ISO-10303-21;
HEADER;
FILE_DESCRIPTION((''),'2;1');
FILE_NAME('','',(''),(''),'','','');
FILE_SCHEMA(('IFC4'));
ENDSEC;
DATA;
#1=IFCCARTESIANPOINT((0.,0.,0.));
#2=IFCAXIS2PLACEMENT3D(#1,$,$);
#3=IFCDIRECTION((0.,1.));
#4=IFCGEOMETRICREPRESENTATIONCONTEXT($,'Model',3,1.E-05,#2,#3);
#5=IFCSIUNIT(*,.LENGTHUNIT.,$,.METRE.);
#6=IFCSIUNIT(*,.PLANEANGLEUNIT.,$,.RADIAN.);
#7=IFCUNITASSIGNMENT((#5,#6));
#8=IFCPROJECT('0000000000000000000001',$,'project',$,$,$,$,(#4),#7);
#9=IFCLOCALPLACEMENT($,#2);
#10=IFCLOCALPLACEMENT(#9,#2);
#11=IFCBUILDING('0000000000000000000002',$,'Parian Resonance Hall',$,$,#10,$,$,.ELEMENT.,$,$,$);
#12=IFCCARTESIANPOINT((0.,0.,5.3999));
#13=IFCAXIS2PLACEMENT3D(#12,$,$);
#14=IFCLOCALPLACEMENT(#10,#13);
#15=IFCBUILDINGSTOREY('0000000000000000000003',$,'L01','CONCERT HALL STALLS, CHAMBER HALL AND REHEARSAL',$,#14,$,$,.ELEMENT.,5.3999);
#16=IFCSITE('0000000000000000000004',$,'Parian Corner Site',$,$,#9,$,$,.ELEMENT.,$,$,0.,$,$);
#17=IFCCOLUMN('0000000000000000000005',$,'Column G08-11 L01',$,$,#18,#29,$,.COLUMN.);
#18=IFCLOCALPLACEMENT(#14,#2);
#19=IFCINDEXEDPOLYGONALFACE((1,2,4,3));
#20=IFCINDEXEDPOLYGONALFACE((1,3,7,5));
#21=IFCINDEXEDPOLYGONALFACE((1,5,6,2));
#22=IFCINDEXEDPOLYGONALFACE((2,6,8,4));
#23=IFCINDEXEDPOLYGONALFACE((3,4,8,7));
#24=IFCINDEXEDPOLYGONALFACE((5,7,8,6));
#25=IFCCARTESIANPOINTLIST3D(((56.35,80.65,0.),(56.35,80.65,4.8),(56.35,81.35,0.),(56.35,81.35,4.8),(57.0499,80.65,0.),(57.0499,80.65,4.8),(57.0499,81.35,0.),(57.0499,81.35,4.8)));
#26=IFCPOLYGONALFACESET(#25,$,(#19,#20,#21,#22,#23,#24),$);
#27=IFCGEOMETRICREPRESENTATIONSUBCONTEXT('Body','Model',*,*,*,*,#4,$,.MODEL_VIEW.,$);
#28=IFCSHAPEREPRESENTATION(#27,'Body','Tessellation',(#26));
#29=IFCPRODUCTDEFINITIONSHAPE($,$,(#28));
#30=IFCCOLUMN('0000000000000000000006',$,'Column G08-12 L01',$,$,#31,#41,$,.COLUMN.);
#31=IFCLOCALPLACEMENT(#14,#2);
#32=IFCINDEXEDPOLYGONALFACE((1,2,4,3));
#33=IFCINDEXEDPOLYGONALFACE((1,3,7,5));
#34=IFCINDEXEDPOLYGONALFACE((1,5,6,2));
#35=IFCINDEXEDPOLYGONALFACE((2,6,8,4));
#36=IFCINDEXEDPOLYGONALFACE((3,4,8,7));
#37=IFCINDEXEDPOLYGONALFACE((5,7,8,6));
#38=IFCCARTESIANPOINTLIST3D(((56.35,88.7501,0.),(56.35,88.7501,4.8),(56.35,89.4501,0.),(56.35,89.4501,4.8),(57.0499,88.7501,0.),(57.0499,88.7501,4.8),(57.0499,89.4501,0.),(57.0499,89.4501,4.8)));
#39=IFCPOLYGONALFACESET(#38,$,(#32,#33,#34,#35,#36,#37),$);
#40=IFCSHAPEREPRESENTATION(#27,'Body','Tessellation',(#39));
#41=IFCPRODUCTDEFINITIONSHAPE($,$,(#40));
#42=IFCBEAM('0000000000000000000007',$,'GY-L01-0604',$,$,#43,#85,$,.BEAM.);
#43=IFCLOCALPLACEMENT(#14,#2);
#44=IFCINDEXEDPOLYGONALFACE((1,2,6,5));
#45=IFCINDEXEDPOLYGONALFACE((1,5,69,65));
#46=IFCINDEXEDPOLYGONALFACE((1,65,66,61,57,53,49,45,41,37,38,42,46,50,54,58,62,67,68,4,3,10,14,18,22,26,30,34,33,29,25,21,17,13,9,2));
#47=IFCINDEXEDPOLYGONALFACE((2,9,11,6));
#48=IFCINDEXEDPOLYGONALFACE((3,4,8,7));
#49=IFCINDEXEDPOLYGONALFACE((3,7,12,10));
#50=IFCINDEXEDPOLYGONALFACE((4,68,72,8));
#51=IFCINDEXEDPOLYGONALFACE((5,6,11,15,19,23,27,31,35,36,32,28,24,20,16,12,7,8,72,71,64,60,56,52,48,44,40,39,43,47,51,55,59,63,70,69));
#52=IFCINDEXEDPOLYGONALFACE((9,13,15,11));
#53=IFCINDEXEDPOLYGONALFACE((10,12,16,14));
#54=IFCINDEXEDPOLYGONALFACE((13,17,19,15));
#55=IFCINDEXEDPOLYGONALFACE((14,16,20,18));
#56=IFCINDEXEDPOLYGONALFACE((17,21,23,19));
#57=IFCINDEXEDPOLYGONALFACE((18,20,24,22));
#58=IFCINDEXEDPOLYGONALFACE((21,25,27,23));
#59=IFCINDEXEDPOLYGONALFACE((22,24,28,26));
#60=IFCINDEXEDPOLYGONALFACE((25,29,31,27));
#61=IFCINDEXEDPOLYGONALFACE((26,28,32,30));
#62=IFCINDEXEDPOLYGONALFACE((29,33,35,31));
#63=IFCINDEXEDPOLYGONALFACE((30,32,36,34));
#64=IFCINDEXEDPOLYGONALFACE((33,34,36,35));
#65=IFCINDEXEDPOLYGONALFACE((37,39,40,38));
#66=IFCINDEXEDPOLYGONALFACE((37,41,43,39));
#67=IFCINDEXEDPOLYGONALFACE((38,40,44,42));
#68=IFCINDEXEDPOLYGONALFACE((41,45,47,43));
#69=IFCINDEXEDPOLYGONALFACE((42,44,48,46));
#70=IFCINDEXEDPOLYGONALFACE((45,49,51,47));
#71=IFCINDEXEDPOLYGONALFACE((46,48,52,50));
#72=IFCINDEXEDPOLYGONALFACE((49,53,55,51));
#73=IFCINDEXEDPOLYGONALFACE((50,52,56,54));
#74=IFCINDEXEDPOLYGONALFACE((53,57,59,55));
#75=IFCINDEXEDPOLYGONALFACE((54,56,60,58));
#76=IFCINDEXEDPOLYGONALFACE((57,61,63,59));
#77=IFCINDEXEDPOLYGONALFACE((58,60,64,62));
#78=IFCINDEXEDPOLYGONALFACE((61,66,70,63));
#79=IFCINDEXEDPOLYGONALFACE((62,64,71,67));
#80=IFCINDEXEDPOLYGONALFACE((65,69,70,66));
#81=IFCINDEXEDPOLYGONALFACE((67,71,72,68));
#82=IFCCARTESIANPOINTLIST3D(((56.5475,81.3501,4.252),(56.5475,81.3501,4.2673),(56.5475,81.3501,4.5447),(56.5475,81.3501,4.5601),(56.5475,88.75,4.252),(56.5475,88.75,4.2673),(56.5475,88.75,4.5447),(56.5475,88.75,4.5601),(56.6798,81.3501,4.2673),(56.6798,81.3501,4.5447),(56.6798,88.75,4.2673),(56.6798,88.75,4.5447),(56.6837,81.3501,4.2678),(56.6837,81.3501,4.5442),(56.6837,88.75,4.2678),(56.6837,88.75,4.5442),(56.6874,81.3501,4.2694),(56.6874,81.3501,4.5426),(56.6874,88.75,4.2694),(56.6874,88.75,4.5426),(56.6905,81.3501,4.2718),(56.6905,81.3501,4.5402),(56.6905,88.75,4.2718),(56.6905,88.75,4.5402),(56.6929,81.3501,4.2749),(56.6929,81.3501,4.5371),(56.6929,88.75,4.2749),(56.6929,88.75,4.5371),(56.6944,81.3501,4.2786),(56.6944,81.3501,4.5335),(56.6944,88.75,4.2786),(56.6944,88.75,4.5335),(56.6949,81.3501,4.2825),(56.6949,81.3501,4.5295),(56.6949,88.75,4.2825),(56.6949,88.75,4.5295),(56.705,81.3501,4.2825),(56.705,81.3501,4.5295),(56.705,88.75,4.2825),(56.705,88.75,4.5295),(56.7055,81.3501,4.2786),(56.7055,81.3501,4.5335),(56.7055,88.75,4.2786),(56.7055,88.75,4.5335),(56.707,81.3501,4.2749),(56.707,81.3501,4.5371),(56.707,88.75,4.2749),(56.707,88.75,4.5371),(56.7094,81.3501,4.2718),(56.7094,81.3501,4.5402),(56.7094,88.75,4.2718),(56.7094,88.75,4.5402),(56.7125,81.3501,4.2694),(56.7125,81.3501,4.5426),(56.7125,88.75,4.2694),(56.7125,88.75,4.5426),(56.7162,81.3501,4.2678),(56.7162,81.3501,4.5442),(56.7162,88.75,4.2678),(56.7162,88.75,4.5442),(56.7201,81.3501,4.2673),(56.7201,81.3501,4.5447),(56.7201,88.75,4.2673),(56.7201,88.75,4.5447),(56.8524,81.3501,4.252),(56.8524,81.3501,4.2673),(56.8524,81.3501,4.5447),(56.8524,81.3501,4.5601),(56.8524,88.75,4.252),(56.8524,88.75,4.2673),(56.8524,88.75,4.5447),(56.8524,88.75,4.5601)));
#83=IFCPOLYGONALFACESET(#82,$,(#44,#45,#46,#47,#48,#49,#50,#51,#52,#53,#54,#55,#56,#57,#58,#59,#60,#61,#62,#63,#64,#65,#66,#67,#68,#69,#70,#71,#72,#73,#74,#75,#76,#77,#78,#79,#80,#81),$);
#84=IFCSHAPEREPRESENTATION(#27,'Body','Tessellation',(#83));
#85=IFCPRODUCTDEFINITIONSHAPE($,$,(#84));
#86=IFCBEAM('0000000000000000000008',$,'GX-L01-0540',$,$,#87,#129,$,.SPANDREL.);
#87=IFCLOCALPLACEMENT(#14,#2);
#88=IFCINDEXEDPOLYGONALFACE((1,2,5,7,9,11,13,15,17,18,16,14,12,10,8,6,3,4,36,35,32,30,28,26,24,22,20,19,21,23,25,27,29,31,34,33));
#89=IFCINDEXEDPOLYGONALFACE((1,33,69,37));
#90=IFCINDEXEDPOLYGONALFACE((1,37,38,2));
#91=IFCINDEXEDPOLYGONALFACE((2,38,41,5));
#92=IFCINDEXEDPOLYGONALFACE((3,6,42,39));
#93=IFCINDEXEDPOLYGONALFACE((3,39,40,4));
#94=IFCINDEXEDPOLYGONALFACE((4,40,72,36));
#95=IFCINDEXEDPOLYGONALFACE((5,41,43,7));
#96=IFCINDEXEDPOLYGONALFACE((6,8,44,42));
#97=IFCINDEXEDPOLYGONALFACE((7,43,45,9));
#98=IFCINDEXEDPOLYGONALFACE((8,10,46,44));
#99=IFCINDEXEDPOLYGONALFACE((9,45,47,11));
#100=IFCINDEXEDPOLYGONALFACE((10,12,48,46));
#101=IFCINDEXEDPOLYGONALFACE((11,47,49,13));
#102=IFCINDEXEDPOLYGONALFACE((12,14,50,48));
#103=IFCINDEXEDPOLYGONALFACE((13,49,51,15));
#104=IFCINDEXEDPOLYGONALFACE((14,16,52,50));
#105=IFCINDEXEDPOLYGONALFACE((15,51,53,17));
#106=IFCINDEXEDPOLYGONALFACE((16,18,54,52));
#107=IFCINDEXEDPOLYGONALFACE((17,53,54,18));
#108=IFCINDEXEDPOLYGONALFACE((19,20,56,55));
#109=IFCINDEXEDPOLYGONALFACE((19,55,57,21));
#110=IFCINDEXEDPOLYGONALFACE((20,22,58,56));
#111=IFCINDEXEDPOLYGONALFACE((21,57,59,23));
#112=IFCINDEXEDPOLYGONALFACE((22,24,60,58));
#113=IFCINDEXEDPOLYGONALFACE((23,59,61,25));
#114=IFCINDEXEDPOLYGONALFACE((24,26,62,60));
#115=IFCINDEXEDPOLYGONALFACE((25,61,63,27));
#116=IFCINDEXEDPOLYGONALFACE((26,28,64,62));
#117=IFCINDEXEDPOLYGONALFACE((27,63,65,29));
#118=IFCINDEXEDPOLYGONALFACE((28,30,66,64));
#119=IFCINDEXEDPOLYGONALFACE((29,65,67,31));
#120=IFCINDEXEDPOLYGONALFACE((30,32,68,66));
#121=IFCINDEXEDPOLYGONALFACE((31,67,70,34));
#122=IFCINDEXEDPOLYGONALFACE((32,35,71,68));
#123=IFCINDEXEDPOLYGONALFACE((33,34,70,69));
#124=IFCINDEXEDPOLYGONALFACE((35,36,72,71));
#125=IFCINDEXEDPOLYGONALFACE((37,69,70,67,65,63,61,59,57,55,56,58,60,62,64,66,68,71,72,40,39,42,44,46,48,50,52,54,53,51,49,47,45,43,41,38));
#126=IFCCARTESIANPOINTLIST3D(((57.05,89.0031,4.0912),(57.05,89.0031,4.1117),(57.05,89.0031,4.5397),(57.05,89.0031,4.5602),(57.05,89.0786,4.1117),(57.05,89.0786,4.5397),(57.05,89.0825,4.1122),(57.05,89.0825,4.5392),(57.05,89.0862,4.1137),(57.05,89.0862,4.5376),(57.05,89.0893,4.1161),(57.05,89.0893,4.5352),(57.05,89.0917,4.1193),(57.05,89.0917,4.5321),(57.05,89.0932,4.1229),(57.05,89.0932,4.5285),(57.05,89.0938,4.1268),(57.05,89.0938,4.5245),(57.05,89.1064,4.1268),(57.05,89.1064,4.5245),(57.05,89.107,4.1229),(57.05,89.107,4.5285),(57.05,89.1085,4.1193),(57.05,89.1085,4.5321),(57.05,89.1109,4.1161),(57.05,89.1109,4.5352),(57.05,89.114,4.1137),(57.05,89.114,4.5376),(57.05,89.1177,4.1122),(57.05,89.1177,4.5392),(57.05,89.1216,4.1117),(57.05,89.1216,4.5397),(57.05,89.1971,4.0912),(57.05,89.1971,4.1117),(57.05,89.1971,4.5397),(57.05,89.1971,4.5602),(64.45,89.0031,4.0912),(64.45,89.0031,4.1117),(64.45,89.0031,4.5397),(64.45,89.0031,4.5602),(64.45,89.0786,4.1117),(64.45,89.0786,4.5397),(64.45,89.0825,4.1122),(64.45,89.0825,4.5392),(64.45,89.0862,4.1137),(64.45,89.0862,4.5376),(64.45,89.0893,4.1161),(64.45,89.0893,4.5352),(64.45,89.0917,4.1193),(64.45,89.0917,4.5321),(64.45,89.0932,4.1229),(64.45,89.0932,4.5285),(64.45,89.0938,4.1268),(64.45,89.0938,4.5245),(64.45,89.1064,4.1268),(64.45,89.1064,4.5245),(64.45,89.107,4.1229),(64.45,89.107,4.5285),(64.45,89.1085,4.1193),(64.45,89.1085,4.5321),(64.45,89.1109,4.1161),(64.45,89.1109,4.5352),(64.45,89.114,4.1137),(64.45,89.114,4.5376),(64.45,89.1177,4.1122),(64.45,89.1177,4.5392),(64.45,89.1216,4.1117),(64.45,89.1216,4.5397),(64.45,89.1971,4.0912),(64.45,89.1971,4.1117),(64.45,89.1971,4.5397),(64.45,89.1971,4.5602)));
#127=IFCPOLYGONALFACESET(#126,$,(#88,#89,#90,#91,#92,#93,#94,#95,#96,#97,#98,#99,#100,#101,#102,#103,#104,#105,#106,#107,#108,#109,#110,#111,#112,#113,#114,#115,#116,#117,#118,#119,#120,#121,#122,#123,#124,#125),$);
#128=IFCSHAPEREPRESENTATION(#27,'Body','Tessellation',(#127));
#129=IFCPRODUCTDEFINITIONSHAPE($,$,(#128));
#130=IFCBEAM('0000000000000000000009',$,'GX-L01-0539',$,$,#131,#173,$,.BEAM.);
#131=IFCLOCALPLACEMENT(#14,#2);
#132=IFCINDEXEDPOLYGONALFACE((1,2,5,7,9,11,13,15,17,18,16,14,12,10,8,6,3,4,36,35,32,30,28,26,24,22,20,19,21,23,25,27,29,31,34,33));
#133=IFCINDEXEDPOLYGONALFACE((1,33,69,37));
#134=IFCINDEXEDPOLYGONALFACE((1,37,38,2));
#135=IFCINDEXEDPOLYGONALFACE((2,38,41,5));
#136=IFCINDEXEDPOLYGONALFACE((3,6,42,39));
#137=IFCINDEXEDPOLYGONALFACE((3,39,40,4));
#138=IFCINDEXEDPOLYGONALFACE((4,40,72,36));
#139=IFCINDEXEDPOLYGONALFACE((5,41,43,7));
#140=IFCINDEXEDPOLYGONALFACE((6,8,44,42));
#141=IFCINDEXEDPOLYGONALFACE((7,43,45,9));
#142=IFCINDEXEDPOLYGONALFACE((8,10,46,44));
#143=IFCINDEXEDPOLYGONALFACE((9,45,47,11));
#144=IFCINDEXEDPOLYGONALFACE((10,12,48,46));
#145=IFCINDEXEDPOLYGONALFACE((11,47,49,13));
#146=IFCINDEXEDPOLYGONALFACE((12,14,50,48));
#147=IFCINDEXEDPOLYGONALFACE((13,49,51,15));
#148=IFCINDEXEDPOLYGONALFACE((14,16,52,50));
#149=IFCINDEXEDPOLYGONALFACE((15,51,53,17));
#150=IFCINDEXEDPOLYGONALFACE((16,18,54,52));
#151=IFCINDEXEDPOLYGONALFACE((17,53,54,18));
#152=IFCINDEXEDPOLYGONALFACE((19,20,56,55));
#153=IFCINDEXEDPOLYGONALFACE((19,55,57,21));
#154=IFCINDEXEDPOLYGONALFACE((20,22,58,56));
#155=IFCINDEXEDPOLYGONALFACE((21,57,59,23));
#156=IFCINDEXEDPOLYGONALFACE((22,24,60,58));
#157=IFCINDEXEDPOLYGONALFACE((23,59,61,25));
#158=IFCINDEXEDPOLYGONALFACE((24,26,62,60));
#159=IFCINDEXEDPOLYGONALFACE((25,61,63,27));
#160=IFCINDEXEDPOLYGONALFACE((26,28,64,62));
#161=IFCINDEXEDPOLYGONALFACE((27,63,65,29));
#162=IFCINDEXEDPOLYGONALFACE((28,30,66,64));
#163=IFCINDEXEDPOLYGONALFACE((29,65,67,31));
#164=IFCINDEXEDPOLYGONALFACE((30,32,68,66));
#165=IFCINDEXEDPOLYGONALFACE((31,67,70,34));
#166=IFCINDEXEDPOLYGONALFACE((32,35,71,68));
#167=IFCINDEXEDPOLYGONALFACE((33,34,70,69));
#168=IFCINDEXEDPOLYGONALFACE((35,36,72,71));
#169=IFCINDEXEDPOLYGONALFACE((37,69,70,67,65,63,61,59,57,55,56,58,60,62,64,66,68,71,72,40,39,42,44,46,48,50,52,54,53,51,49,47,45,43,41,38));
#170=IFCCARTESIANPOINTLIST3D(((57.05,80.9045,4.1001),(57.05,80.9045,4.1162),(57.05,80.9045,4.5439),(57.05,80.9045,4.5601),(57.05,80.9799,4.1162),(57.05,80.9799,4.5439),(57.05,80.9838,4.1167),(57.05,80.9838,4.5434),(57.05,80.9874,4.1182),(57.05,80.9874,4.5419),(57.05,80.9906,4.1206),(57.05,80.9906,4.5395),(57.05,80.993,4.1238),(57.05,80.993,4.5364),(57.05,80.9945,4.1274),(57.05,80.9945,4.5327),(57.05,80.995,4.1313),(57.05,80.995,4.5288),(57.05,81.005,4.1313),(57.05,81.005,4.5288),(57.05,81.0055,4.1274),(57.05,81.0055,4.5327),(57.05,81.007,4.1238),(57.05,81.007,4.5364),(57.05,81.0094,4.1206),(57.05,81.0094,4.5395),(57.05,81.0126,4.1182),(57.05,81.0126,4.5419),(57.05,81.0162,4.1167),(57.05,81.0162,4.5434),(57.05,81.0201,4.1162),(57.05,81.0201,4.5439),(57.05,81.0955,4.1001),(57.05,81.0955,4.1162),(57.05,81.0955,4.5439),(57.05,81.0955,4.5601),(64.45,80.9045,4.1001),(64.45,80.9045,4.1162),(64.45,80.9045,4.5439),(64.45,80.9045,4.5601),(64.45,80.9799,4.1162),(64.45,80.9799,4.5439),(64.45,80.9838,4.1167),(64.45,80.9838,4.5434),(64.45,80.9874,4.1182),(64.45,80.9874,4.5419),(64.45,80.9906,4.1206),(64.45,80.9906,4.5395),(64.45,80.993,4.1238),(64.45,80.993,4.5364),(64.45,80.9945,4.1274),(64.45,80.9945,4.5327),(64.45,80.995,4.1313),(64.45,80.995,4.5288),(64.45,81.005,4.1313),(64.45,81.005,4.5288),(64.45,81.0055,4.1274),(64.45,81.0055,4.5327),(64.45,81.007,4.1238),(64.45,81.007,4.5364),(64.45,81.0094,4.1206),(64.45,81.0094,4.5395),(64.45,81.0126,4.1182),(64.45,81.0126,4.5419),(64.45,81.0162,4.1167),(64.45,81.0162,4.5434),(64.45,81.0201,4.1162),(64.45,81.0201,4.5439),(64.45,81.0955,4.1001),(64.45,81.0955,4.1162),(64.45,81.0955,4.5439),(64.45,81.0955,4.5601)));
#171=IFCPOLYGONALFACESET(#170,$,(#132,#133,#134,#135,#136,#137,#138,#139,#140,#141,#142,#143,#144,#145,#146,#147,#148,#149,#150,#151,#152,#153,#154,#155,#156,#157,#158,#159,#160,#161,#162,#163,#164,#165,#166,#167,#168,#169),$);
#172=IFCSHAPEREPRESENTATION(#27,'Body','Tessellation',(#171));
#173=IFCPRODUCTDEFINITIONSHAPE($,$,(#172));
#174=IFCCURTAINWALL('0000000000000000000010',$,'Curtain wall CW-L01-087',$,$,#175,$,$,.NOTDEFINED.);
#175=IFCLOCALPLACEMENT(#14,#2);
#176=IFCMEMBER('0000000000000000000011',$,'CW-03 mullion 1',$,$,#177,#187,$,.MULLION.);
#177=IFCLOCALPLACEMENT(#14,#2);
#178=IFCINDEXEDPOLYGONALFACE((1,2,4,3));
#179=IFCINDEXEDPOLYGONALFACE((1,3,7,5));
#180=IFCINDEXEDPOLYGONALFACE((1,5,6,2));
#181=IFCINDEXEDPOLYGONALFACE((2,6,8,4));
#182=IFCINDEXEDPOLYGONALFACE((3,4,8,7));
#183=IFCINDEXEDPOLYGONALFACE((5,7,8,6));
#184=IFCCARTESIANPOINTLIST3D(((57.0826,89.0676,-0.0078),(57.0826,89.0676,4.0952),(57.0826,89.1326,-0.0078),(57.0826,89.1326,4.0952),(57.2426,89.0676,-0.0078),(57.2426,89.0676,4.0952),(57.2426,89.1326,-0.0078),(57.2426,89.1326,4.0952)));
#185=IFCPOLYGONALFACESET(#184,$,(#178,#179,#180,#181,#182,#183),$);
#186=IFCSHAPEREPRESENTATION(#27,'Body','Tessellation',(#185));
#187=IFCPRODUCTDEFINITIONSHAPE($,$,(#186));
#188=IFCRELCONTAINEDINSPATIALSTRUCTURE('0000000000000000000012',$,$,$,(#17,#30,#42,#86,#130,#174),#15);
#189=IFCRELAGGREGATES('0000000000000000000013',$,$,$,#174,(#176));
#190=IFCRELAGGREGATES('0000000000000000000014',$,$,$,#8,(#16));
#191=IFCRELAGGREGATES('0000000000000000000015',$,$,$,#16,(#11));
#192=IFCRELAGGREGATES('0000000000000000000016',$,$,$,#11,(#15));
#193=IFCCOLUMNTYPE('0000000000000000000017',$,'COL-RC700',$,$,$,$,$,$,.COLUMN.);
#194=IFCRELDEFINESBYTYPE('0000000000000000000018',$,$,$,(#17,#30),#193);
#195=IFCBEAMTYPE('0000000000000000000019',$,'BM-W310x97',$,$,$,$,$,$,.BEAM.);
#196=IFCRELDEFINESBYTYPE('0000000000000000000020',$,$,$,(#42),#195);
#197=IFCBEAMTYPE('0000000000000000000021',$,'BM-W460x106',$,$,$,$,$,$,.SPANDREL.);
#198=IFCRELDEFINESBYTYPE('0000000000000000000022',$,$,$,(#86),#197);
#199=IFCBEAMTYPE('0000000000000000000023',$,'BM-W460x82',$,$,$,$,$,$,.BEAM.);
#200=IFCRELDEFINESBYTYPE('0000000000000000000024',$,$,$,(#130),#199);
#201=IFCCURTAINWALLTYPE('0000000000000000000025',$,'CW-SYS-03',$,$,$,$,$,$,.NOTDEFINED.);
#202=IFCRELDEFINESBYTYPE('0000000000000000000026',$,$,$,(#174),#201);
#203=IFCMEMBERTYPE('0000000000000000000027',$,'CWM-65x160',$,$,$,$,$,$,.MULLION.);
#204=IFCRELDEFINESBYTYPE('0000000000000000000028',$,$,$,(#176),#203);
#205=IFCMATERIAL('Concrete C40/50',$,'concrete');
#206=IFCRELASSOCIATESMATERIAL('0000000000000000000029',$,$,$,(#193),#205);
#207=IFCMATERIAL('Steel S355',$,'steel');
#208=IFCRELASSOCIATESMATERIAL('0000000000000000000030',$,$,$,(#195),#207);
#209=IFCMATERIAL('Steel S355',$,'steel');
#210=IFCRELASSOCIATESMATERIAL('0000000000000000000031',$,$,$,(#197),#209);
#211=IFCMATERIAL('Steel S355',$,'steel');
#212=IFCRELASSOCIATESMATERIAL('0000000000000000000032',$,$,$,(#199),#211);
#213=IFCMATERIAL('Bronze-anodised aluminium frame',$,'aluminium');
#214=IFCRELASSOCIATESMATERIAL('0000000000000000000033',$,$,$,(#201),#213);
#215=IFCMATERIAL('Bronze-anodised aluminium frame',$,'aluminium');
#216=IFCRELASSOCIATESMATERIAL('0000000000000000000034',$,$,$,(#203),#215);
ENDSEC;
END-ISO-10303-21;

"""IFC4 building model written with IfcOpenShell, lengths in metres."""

from ifc_helpers import new_model, si_unit, direction, frame, origin, origin_2d, place, context, subcontext, project, spatial, rectangle, i_section, extrude, material, material_profile, profile_set, type_object, element, aggregate, save


model = new_model("IFC4")

# Units and contexts
model_context = context("Model", 3, precision=1e-05, world=origin(), true_north=direction((0.0, 1.0)))
body_context = subcontext(model_context, "Body", "Model", "MODEL_VIEW")
ifc_project = project(units=[si_unit("LENGTHUNIT", "METRE"), si_unit("PLANEANGLEUNIT", "RADIAN")], contexts=[model_context])

# Site, building, storey
site_placement = place(None, origin())
site = spatial("IfcSite", under=ifc_project, at=site_placement, Name="Parian Corner Site", CompositionType="ELEMENT", RefElevation=0.0)
building_placement = place(site_placement, origin())
building = spatial("IfcBuilding", under=site, at=building_placement, Name="Parian Resonance Hall", CompositionType="ELEMENT")
storey_placement = place(building_placement, frame((0.0, 0.0, 5.3999)))
storey = spatial("IfcBuildingStorey", under=building, at=storey_placement, Name="L01", Description="CONCERT HALL STALLS, CHAMBER HALL AND REHEARSAL", CompositionType="ELEMENT", Elevation=5.3999)

# Columns
ifc_material_1 = material(Name="Concrete C40/50", Category="concrete")
ifc_material_profile_1 = material_profile(ifc_material_1, rectangle(XDim=0.7, YDim=0.7, at=origin_2d()), Name="RC-COL-700x700")
ifc_profile_set_1 = profile_set([ifc_material_profile_1], Name="Concrete C40/50")
column_type = type_object("IfcColumnType", Name="COL-RC700", PredefinedType="COLUMN", material=ifc_profile_set_1)
for number, where, z_axis, x_axis, name in (
    (1, (56.7, 81.0, 0.0), (0.0, 0.0, 1.0), (1.0, 0.0, 0.0), "Column G08-11 L01"),
    (2, (56.7, 89.1001, 0.0), (0.0, 0.0, 1.0), (1.0, 0.0, 0.0), "Column G08-12 L01"),
):
    element("IfcColumn", number, at=place(storey_placement, frame(where, z_axis=z_axis, x_axis=x_axis)), inside=storey, type_object=column_type, Name=name, PredefinedType="COLUMN", context=body_context, shape_type="SweptSolid", body=[
        extrude(rectangle(XDim=0.7, YDim=0.7, at=origin_2d()), origin(), (0.0, 0.0, 1.0), 4.8),
    ])

# Beams
ifc_material_2 = material(Name="Steel S355", Category="steel")
ifc_material_profile_2 = material_profile(ifc_material_2, i_section(OverallWidth=0.3049, OverallDepth=0.3081, WebThickness=0.01, FlangeThickness=0.0154, FilletRadius=0.0151, at=origin_2d()), Name="W310x97")
ifc_profile_set_2 = profile_set([ifc_material_profile_2], Name="Steel S355")
beam_type_1 = type_object("IfcBeamType", Name="BM-W310x97", PredefinedType="BEAM", material=ifc_profile_set_2)
beam_1_placement = place(storey_placement, frame((56.7, 81.3501, 4.406), z_axis=(0.0, 1.0, 0.0), x_axis=(-1.0, 0.0, 0.0)))
element("IfcBeam", 3, at=beam_1_placement, inside=storey, type_object=beam_type_1, Name="GY-L01-0604", PredefinedType="BEAM", context=body_context, shape_type="SweptSolid", body=[
    extrude(i_section(OverallWidth=0.3049, OverallDepth=0.3081, WebThickness=0.01, FlangeThickness=0.0154, FilletRadius=0.0151, at=origin_2d()), origin(), (0.0, 0.0, 1.0), 7.3999),
])
ifc_material_3 = material(Name="Steel S355", Category="steel")
ifc_material_profile_3 = material_profile(ifc_material_3, i_section(OverallWidth=0.1941, OverallDepth=0.469, WebThickness=0.0127, FlangeThickness=0.0205, FilletRadius=0.0151, at=origin_2d()), Name="W460x106")
ifc_profile_set_3 = profile_set([ifc_material_profile_3], Name="Steel S355")
beam_type_2 = type_object("IfcBeamType", Name="BM-W460x106", PredefinedType="SPANDREL", material=ifc_profile_set_3)
beam_2_placement = place(storey_placement, frame((57.05, 89.1001, 4.3257), z_axis=(1.0, 0.0, 0.0), x_axis=(0.0, 1.0, 0.0)))
element("IfcBeam", 4, at=beam_2_placement, inside=storey, type_object=beam_type_2, Name="GX-L01-0540", PredefinedType="SPANDREL", context=body_context, shape_type="SweptSolid", body=[
    extrude(i_section(OverallWidth=0.1941, OverallDepth=0.469, WebThickness=0.0127, FlangeThickness=0.0205, FilletRadius=0.0151, at=origin_2d()), origin(), (0.0, 0.0, 1.0), 7.3999),
])
ifc_material_4 = material(Name="Steel S355", Category="steel")
ifc_material_profile_4 = material_profile(ifc_material_4, i_section(OverallWidth=0.1909, OverallDepth=0.46, WebThickness=0.01, FlangeThickness=0.0161, FilletRadius=0.0151, at=origin_2d()), Name="W460x82")
ifc_profile_set_4 = profile_set([ifc_material_profile_4], Name="Steel S355")
beam_type_3 = type_object("IfcBeamType", Name="BM-W460x82", PredefinedType="BEAM", material=ifc_profile_set_4)
beam_3_placement = place(storey_placement, frame((57.05, 81.0, 4.3301), z_axis=(1.0, 0.0, 0.0), x_axis=(0.0, 1.0, 0.0)))
element("IfcBeam", 5, at=beam_3_placement, inside=storey, type_object=beam_type_3, Name="GX-L01-0539", PredefinedType="BEAM", context=body_context, shape_type="SweptSolid", body=[
    extrude(i_section(OverallWidth=0.1909, OverallDepth=0.46, WebThickness=0.01, FlangeThickness=0.0161, FilletRadius=0.0151, at=origin_2d()), origin(), (0.0, 0.0, 1.0), 7.3999),
])

# Curtain wall, member
ifc_material_5 = material(Name="Bronze-anodised aluminium frame", Category="aluminium")
curtain_wall_type_1 = type_object("IfcCurtainWallType", Name="CW-SYS-03", PredefinedType="NOTDEFINED", material=ifc_material_5)
curtain_wall_1_placement = place(storey_placement, origin())
curtain_wall_1 = element("IfcCurtainWall", 6, at=curtain_wall_1_placement, inside=storey, type_object=curtain_wall_type_1, Name="Curtain wall CW-L01-087", PredefinedType="NOTDEFINED")
ifc_material_6 = material(Name="Bronze-anodised aluminium frame", Category="aluminium")
ifc_material_profile_5 = material_profile(ifc_material_6, rectangle(XDim=0.0649, YDim=0.1599, at=origin_2d()), Name="CWM-65x160")
ifc_profile_set_5 = profile_set([ifc_material_profile_5], Name="Bronze-anodised aluminium frame")
member_type_1 = type_object("IfcMemberType", Name="CWM-65x160", PredefinedType="MULLION", material=ifc_profile_set_5)
member_1_placement = place(storey_placement, frame((57.1626, 89.1001, -0.0078), z_axis=(0.0, 0.0, 1.0), x_axis=(0.0, 1.0, 0.0)))
member_1 = element("IfcMember", 7, at=member_1_placement, type_object=member_type_1, Name="CW-03 mullion 1", PredefinedType="MULLION", context=body_context, shape_type="SweptSolid", body=[
    extrude(rectangle(XDim=0.0649, YDim=0.1599, at=origin_2d()), origin(), (0.0, 0.0, 1.0), 4.103),
])

aggregate(curtain_wall_1, [member_1])

save(model, "model.ifc")
